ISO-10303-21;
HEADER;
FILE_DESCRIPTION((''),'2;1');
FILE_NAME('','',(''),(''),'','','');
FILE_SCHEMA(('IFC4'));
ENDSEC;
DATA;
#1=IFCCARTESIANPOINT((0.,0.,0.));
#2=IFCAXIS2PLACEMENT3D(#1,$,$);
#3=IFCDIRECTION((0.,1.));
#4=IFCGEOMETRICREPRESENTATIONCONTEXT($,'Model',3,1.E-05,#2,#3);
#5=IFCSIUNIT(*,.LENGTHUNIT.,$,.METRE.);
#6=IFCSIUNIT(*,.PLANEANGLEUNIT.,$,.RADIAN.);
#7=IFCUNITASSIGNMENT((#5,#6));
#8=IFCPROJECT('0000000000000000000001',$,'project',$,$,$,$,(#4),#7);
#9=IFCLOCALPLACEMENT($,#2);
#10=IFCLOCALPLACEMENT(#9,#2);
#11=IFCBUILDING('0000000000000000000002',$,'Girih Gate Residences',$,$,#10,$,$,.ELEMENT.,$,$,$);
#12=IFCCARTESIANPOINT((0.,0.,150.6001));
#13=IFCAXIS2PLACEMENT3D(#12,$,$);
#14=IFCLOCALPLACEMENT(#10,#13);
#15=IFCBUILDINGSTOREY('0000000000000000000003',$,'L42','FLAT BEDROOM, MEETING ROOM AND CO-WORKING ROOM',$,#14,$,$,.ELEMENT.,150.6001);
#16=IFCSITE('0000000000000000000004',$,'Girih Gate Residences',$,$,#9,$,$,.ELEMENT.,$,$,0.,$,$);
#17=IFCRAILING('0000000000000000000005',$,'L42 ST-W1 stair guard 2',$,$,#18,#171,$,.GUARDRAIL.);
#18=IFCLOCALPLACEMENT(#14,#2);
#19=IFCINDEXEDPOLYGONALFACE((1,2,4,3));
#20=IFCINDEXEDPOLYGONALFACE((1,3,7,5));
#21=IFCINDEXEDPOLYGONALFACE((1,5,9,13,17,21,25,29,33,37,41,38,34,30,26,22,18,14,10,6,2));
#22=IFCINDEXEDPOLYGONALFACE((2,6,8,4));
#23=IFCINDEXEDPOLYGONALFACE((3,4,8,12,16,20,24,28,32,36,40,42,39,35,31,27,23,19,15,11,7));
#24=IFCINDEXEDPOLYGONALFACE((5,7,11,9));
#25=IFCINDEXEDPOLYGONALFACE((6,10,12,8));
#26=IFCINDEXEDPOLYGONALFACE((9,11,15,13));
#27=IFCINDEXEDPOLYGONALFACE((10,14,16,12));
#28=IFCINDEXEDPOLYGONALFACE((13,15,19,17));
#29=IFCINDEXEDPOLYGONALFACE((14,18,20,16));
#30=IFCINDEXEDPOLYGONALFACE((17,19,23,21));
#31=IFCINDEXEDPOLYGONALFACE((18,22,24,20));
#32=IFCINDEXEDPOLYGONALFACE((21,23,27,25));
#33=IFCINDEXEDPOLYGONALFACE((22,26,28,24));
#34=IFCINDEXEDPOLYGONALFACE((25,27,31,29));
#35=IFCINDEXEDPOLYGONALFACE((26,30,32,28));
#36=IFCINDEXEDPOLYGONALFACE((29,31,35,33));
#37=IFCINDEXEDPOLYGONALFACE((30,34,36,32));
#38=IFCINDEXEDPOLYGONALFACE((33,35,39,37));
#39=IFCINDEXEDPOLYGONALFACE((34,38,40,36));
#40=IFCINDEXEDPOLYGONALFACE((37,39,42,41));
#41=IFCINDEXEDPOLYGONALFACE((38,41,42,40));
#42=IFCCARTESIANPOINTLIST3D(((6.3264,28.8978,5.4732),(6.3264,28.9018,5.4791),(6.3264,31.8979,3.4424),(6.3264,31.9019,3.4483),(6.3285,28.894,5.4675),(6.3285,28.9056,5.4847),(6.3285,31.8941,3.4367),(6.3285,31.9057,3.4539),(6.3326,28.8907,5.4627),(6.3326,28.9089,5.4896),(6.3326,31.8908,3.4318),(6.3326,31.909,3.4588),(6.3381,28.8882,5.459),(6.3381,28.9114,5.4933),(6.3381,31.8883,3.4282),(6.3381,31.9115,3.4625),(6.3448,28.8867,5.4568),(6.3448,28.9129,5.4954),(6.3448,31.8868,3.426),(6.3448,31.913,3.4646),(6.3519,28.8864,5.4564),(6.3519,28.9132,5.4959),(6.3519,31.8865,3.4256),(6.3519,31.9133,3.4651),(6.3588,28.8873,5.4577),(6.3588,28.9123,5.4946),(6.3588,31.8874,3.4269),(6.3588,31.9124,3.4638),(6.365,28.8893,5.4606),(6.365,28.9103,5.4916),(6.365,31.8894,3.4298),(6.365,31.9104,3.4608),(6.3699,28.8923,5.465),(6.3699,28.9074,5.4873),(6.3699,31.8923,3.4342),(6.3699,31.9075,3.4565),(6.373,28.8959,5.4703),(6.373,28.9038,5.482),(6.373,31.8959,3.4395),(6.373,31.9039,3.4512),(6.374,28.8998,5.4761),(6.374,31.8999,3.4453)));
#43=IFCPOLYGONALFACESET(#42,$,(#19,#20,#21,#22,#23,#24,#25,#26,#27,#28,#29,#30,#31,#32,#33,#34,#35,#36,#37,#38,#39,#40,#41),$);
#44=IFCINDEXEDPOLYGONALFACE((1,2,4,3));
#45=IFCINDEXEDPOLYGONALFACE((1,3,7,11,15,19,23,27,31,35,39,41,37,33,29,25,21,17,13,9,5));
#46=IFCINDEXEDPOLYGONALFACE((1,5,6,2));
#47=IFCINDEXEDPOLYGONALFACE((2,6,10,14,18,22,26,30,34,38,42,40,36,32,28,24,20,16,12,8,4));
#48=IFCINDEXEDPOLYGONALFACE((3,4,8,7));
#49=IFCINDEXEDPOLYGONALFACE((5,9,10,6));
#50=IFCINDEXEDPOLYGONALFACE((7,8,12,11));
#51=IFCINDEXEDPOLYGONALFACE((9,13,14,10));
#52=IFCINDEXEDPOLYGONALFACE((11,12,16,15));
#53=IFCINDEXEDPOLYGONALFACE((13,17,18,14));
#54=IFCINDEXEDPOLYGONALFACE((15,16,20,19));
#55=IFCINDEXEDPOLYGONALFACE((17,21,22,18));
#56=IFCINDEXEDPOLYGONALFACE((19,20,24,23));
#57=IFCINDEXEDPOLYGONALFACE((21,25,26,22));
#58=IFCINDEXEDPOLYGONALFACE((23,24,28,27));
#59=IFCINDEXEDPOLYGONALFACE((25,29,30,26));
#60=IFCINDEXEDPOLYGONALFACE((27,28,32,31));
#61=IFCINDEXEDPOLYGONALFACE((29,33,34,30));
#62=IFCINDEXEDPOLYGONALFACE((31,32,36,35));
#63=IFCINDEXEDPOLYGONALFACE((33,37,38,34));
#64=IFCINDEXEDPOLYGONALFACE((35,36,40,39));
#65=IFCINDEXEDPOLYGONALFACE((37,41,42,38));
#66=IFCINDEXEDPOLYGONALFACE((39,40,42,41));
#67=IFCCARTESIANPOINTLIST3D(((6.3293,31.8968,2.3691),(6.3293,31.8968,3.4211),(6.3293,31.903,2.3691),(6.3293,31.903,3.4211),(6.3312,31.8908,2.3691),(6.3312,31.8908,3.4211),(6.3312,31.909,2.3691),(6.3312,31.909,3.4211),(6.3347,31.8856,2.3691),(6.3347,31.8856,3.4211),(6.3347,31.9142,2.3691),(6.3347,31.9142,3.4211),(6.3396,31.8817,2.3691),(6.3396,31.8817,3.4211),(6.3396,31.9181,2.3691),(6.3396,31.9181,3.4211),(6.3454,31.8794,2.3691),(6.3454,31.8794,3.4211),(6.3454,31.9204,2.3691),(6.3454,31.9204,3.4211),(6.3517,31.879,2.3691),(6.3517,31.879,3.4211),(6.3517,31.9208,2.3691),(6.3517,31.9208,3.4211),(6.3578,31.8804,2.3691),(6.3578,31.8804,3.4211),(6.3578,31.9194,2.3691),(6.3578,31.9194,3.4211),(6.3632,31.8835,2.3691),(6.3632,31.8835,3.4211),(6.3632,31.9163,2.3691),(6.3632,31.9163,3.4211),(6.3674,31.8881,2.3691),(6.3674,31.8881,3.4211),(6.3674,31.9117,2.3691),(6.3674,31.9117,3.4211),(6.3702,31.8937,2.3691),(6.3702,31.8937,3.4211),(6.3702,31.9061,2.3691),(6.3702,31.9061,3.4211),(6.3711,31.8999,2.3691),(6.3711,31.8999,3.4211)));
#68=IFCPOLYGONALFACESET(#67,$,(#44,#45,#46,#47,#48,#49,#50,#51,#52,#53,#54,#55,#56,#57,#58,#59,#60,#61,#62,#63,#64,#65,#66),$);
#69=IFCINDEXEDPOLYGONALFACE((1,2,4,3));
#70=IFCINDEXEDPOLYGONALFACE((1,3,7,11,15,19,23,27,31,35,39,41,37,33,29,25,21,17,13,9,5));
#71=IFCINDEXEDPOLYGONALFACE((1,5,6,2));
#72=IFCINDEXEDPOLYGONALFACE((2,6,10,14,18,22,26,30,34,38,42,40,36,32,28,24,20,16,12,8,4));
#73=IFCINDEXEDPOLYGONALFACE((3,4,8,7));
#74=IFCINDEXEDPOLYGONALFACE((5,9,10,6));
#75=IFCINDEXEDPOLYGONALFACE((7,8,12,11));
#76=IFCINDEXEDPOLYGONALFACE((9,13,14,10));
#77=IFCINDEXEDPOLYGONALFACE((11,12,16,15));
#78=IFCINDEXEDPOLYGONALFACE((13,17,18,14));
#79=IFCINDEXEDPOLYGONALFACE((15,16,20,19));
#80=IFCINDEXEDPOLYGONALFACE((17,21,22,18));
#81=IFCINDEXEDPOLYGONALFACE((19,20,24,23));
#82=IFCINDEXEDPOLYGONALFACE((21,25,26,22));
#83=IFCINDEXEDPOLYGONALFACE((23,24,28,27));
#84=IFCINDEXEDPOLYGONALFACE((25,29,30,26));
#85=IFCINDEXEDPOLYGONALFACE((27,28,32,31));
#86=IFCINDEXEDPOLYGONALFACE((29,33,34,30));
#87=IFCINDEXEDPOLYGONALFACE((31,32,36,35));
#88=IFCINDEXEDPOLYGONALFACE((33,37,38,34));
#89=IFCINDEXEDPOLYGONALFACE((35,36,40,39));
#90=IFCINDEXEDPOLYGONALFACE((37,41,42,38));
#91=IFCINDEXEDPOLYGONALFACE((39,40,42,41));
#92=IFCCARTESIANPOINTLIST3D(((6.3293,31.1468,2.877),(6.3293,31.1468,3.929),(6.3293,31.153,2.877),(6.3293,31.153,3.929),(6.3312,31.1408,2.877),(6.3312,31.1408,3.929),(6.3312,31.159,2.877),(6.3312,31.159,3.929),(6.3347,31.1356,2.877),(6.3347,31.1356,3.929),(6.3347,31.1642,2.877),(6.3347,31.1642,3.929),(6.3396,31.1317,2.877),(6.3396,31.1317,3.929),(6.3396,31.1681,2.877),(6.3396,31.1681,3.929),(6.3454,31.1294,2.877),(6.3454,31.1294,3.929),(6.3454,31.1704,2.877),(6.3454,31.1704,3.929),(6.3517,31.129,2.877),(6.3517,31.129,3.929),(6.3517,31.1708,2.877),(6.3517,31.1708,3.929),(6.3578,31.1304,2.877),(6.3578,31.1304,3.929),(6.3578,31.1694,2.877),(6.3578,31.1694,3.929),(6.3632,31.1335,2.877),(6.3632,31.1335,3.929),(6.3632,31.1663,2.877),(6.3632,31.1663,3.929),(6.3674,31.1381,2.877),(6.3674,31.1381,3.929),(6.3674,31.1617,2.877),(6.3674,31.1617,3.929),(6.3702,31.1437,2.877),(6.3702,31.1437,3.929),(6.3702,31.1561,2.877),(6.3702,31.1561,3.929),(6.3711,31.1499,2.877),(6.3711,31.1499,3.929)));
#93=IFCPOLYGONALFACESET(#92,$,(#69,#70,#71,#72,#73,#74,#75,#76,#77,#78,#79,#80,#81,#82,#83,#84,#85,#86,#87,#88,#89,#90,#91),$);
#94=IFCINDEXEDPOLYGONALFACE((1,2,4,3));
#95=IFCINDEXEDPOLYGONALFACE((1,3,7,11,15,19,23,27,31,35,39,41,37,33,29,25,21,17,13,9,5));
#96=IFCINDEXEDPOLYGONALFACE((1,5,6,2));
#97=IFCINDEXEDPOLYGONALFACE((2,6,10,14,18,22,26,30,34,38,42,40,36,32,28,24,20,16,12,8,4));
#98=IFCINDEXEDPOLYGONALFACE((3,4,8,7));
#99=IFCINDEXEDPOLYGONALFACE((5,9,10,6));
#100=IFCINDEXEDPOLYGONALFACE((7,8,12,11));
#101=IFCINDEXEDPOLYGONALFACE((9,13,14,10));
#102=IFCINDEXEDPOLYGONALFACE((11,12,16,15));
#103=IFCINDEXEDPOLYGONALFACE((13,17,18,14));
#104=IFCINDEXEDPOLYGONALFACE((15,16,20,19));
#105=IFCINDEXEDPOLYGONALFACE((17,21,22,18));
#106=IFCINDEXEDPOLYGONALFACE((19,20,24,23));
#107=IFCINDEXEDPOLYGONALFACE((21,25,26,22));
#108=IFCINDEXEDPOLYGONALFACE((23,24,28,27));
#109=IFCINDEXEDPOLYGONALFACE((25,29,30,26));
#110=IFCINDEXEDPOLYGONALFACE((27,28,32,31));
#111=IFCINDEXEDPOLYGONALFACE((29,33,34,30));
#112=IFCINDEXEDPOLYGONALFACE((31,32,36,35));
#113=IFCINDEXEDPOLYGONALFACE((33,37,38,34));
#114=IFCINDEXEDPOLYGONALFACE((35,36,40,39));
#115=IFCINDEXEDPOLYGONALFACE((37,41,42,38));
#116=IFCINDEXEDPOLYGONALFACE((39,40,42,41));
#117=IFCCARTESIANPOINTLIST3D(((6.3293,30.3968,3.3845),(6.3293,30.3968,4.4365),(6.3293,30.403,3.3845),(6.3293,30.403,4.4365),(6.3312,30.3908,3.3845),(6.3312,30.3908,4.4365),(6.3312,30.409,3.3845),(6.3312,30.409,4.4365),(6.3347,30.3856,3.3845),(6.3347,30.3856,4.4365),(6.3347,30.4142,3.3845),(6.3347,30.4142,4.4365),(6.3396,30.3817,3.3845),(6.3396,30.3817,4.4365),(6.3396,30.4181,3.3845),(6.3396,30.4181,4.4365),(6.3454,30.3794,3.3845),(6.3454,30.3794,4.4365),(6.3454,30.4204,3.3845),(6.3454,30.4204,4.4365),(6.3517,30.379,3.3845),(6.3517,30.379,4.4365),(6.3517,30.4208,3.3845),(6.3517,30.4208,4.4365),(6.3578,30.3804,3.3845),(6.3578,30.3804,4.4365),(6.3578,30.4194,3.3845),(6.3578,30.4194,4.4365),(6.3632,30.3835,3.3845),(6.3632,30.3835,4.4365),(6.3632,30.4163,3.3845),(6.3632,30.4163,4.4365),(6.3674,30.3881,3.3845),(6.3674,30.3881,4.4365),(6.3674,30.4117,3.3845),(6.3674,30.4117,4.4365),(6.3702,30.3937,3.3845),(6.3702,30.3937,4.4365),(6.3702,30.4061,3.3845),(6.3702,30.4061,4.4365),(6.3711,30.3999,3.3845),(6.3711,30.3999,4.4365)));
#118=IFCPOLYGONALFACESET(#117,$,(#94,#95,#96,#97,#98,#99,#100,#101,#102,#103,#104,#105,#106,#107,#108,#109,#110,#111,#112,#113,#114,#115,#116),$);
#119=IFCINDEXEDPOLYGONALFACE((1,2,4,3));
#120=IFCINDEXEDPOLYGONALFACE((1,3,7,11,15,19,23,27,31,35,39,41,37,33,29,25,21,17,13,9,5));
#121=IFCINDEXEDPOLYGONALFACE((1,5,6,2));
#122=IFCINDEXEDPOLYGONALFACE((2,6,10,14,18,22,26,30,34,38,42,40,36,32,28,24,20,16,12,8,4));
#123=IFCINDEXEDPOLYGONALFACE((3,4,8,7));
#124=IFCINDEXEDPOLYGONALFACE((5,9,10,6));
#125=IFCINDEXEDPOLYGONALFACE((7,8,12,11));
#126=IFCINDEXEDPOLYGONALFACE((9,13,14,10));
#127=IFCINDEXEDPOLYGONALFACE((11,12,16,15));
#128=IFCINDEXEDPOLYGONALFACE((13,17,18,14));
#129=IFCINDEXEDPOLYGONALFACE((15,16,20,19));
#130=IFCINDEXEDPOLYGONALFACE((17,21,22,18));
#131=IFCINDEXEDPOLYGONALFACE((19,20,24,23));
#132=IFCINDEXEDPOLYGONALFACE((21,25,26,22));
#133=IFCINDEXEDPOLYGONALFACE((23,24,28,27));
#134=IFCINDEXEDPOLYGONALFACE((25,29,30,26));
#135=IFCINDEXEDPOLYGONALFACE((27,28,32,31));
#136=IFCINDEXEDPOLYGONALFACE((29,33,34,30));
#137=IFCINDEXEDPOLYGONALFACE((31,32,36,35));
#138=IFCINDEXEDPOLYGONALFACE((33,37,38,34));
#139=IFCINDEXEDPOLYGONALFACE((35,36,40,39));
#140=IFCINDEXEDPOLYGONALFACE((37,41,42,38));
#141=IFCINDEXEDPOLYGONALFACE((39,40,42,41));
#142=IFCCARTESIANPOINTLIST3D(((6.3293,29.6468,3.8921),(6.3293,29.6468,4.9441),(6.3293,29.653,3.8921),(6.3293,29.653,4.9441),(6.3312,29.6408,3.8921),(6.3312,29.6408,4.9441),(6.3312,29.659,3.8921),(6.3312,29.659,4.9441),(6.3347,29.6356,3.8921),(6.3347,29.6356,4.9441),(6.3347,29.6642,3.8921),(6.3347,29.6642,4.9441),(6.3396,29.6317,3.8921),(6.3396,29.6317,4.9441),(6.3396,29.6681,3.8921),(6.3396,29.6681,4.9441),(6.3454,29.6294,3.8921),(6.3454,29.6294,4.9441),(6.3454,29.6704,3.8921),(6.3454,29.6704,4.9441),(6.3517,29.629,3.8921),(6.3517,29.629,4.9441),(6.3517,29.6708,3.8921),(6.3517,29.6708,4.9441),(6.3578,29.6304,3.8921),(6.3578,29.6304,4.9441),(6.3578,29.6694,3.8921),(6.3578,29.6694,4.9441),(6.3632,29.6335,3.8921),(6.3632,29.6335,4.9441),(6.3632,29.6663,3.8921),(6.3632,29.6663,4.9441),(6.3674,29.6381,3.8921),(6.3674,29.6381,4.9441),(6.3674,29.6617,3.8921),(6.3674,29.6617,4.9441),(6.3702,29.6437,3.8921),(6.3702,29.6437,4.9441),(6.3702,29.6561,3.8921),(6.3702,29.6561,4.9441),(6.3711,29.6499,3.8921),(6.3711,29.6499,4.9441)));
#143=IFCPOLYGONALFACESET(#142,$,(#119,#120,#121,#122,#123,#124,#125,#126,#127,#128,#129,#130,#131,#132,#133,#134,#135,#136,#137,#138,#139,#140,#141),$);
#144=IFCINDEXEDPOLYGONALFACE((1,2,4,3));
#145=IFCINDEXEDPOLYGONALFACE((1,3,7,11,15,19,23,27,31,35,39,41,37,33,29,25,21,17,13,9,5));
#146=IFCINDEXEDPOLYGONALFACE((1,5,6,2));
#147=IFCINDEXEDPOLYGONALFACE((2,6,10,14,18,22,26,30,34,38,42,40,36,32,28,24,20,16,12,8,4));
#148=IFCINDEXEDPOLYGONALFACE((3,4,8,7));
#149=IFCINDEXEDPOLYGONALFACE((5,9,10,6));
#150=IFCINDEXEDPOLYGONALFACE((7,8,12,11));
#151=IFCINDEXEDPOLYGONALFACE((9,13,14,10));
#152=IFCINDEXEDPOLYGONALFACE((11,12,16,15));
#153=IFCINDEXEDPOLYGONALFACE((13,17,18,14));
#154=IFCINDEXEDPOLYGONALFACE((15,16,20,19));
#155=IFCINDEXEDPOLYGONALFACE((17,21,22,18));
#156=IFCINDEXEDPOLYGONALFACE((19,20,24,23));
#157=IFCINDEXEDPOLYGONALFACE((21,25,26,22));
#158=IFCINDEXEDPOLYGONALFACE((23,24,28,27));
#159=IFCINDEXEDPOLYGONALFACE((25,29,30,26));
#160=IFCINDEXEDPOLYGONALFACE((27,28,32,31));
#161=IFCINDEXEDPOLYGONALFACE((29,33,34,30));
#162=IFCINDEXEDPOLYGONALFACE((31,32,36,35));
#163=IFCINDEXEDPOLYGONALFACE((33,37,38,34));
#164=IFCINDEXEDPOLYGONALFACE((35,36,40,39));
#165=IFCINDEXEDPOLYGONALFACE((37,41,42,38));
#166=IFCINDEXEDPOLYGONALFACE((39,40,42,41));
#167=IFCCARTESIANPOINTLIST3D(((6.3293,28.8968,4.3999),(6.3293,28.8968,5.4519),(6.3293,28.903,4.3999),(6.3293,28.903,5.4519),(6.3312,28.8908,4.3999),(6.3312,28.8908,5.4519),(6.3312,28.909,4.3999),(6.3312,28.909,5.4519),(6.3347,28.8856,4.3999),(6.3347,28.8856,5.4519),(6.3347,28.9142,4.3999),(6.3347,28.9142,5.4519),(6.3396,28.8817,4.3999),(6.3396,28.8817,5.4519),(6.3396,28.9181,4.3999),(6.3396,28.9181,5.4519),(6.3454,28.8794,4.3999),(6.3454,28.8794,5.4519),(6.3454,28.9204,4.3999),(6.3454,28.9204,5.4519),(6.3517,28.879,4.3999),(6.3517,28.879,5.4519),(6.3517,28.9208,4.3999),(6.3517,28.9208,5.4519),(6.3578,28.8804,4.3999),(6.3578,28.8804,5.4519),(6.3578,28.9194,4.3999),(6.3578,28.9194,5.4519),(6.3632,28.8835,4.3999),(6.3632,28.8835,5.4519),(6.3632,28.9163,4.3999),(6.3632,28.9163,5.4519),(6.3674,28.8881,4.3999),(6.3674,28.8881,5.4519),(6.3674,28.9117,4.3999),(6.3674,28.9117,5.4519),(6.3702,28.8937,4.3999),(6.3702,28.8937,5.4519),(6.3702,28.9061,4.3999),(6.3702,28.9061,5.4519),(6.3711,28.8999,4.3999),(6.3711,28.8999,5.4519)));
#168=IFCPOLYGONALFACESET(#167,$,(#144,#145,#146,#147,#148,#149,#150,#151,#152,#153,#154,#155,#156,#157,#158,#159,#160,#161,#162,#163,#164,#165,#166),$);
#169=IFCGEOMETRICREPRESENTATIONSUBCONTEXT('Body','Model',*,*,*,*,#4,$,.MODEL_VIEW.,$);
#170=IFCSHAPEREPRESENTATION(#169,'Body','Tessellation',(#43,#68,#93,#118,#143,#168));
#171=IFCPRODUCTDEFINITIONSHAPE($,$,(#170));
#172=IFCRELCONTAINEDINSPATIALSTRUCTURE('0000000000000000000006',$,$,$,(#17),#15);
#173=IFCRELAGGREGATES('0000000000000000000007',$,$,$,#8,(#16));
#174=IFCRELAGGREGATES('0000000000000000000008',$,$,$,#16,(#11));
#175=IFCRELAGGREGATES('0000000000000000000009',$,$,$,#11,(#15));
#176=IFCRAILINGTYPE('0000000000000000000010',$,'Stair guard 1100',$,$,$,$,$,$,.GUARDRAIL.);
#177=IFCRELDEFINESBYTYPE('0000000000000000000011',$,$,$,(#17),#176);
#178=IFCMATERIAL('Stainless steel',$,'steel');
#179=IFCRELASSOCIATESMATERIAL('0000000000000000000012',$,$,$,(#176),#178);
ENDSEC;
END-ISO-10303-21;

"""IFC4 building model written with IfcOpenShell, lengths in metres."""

from ifc_helpers import new_model, si_unit, direction, frame, origin, origin_2d, place, context, subcontext, project, spatial, circle, extrude, material, type_object, element, save


model = new_model("IFC4")

# Units and contexts
model_context = context("Model", 3, precision=1e-05, world=origin(), true_north=direction((0.0, 1.0)))
body_context = subcontext(model_context, "Body", "Model", "MODEL_VIEW")
ifc_project = project(units=[si_unit("LENGTHUNIT", "METRE"), si_unit("PLANEANGLEUNIT", "RADIAN")], contexts=[model_context])

# Site, building, storey
site_placement = place(None, origin())
site = spatial("IfcSite", under=ifc_project, at=site_placement, Name="Girih Gate Residences", CompositionType="ELEMENT", RefElevation=0.0)
building_placement = place(site_placement, origin())
building = spatial("IfcBuilding", under=site, at=building_placement, Name="Girih Gate Residences", CompositionType="ELEMENT")
storey_placement = place(building_placement, frame((0.0, 0.0, 150.6001)))
storey = spatial("IfcBuildingStorey", under=building, at=storey_placement, Name="L42", Description="FLAT BEDROOM, MEETING ROOM AND CO-WORKING ROOM", CompositionType="ELEMENT", Elevation=150.6001)

# Shared definitions
ifc_material_1 = material(Name="Stainless steel", Category="steel")

# Railing
railing_type_1 = type_object("IfcRailingType", Name="Stair guard 1100", PredefinedType="GUARDRAIL", material=ifc_material_1)
railing_1_placement = place(storey_placement, frame((6.3501, 31.8999, 2.3691)))
element("IfcRailing", 1, at=railing_1_placement, inside=storey, type_object=railing_type_1, Name="L42 ST-W1 stair guard 2", PredefinedType="GUARDRAIL", context=body_context, shape_type="SweptSolid", body=[
    extrude(circle(Radius=0.0239, at=origin_2d()), frame((0.0, 0.0, 1.0762), z_axis=(0.0, -0.82811, 0.560565), x_axis=(1.0, 0.0, 0.0)), (0.0, 0.0, 1.0), 3.6228),
    extrude(circle(Radius=0.021, at=origin_2d()), origin(), (0.0, 0.0, 1.0), 1.052),
    extrude(circle(Radius=0.021, at=origin_2d()), frame((0.0, -0.75, 0.5078)), (0.0, 0.0, 1.0), 1.052),
    extrude(circle(Radius=0.021, at=origin_2d()), frame((0.0, -1.5, 1.0154)), (0.0, 0.0, 1.0), 1.052),
    extrude(circle(Radius=0.021, at=origin_2d()), frame((0.0, -2.25, 1.5229)), (0.0, 0.0, 1.0), 1.052),
    extrude(circle(Radius=0.021, at=origin_2d()), frame((0.0, -3.0, 2.0308)), (0.0, 0.0, 1.0), 1.052),
])

save(model, "model.ifc")
